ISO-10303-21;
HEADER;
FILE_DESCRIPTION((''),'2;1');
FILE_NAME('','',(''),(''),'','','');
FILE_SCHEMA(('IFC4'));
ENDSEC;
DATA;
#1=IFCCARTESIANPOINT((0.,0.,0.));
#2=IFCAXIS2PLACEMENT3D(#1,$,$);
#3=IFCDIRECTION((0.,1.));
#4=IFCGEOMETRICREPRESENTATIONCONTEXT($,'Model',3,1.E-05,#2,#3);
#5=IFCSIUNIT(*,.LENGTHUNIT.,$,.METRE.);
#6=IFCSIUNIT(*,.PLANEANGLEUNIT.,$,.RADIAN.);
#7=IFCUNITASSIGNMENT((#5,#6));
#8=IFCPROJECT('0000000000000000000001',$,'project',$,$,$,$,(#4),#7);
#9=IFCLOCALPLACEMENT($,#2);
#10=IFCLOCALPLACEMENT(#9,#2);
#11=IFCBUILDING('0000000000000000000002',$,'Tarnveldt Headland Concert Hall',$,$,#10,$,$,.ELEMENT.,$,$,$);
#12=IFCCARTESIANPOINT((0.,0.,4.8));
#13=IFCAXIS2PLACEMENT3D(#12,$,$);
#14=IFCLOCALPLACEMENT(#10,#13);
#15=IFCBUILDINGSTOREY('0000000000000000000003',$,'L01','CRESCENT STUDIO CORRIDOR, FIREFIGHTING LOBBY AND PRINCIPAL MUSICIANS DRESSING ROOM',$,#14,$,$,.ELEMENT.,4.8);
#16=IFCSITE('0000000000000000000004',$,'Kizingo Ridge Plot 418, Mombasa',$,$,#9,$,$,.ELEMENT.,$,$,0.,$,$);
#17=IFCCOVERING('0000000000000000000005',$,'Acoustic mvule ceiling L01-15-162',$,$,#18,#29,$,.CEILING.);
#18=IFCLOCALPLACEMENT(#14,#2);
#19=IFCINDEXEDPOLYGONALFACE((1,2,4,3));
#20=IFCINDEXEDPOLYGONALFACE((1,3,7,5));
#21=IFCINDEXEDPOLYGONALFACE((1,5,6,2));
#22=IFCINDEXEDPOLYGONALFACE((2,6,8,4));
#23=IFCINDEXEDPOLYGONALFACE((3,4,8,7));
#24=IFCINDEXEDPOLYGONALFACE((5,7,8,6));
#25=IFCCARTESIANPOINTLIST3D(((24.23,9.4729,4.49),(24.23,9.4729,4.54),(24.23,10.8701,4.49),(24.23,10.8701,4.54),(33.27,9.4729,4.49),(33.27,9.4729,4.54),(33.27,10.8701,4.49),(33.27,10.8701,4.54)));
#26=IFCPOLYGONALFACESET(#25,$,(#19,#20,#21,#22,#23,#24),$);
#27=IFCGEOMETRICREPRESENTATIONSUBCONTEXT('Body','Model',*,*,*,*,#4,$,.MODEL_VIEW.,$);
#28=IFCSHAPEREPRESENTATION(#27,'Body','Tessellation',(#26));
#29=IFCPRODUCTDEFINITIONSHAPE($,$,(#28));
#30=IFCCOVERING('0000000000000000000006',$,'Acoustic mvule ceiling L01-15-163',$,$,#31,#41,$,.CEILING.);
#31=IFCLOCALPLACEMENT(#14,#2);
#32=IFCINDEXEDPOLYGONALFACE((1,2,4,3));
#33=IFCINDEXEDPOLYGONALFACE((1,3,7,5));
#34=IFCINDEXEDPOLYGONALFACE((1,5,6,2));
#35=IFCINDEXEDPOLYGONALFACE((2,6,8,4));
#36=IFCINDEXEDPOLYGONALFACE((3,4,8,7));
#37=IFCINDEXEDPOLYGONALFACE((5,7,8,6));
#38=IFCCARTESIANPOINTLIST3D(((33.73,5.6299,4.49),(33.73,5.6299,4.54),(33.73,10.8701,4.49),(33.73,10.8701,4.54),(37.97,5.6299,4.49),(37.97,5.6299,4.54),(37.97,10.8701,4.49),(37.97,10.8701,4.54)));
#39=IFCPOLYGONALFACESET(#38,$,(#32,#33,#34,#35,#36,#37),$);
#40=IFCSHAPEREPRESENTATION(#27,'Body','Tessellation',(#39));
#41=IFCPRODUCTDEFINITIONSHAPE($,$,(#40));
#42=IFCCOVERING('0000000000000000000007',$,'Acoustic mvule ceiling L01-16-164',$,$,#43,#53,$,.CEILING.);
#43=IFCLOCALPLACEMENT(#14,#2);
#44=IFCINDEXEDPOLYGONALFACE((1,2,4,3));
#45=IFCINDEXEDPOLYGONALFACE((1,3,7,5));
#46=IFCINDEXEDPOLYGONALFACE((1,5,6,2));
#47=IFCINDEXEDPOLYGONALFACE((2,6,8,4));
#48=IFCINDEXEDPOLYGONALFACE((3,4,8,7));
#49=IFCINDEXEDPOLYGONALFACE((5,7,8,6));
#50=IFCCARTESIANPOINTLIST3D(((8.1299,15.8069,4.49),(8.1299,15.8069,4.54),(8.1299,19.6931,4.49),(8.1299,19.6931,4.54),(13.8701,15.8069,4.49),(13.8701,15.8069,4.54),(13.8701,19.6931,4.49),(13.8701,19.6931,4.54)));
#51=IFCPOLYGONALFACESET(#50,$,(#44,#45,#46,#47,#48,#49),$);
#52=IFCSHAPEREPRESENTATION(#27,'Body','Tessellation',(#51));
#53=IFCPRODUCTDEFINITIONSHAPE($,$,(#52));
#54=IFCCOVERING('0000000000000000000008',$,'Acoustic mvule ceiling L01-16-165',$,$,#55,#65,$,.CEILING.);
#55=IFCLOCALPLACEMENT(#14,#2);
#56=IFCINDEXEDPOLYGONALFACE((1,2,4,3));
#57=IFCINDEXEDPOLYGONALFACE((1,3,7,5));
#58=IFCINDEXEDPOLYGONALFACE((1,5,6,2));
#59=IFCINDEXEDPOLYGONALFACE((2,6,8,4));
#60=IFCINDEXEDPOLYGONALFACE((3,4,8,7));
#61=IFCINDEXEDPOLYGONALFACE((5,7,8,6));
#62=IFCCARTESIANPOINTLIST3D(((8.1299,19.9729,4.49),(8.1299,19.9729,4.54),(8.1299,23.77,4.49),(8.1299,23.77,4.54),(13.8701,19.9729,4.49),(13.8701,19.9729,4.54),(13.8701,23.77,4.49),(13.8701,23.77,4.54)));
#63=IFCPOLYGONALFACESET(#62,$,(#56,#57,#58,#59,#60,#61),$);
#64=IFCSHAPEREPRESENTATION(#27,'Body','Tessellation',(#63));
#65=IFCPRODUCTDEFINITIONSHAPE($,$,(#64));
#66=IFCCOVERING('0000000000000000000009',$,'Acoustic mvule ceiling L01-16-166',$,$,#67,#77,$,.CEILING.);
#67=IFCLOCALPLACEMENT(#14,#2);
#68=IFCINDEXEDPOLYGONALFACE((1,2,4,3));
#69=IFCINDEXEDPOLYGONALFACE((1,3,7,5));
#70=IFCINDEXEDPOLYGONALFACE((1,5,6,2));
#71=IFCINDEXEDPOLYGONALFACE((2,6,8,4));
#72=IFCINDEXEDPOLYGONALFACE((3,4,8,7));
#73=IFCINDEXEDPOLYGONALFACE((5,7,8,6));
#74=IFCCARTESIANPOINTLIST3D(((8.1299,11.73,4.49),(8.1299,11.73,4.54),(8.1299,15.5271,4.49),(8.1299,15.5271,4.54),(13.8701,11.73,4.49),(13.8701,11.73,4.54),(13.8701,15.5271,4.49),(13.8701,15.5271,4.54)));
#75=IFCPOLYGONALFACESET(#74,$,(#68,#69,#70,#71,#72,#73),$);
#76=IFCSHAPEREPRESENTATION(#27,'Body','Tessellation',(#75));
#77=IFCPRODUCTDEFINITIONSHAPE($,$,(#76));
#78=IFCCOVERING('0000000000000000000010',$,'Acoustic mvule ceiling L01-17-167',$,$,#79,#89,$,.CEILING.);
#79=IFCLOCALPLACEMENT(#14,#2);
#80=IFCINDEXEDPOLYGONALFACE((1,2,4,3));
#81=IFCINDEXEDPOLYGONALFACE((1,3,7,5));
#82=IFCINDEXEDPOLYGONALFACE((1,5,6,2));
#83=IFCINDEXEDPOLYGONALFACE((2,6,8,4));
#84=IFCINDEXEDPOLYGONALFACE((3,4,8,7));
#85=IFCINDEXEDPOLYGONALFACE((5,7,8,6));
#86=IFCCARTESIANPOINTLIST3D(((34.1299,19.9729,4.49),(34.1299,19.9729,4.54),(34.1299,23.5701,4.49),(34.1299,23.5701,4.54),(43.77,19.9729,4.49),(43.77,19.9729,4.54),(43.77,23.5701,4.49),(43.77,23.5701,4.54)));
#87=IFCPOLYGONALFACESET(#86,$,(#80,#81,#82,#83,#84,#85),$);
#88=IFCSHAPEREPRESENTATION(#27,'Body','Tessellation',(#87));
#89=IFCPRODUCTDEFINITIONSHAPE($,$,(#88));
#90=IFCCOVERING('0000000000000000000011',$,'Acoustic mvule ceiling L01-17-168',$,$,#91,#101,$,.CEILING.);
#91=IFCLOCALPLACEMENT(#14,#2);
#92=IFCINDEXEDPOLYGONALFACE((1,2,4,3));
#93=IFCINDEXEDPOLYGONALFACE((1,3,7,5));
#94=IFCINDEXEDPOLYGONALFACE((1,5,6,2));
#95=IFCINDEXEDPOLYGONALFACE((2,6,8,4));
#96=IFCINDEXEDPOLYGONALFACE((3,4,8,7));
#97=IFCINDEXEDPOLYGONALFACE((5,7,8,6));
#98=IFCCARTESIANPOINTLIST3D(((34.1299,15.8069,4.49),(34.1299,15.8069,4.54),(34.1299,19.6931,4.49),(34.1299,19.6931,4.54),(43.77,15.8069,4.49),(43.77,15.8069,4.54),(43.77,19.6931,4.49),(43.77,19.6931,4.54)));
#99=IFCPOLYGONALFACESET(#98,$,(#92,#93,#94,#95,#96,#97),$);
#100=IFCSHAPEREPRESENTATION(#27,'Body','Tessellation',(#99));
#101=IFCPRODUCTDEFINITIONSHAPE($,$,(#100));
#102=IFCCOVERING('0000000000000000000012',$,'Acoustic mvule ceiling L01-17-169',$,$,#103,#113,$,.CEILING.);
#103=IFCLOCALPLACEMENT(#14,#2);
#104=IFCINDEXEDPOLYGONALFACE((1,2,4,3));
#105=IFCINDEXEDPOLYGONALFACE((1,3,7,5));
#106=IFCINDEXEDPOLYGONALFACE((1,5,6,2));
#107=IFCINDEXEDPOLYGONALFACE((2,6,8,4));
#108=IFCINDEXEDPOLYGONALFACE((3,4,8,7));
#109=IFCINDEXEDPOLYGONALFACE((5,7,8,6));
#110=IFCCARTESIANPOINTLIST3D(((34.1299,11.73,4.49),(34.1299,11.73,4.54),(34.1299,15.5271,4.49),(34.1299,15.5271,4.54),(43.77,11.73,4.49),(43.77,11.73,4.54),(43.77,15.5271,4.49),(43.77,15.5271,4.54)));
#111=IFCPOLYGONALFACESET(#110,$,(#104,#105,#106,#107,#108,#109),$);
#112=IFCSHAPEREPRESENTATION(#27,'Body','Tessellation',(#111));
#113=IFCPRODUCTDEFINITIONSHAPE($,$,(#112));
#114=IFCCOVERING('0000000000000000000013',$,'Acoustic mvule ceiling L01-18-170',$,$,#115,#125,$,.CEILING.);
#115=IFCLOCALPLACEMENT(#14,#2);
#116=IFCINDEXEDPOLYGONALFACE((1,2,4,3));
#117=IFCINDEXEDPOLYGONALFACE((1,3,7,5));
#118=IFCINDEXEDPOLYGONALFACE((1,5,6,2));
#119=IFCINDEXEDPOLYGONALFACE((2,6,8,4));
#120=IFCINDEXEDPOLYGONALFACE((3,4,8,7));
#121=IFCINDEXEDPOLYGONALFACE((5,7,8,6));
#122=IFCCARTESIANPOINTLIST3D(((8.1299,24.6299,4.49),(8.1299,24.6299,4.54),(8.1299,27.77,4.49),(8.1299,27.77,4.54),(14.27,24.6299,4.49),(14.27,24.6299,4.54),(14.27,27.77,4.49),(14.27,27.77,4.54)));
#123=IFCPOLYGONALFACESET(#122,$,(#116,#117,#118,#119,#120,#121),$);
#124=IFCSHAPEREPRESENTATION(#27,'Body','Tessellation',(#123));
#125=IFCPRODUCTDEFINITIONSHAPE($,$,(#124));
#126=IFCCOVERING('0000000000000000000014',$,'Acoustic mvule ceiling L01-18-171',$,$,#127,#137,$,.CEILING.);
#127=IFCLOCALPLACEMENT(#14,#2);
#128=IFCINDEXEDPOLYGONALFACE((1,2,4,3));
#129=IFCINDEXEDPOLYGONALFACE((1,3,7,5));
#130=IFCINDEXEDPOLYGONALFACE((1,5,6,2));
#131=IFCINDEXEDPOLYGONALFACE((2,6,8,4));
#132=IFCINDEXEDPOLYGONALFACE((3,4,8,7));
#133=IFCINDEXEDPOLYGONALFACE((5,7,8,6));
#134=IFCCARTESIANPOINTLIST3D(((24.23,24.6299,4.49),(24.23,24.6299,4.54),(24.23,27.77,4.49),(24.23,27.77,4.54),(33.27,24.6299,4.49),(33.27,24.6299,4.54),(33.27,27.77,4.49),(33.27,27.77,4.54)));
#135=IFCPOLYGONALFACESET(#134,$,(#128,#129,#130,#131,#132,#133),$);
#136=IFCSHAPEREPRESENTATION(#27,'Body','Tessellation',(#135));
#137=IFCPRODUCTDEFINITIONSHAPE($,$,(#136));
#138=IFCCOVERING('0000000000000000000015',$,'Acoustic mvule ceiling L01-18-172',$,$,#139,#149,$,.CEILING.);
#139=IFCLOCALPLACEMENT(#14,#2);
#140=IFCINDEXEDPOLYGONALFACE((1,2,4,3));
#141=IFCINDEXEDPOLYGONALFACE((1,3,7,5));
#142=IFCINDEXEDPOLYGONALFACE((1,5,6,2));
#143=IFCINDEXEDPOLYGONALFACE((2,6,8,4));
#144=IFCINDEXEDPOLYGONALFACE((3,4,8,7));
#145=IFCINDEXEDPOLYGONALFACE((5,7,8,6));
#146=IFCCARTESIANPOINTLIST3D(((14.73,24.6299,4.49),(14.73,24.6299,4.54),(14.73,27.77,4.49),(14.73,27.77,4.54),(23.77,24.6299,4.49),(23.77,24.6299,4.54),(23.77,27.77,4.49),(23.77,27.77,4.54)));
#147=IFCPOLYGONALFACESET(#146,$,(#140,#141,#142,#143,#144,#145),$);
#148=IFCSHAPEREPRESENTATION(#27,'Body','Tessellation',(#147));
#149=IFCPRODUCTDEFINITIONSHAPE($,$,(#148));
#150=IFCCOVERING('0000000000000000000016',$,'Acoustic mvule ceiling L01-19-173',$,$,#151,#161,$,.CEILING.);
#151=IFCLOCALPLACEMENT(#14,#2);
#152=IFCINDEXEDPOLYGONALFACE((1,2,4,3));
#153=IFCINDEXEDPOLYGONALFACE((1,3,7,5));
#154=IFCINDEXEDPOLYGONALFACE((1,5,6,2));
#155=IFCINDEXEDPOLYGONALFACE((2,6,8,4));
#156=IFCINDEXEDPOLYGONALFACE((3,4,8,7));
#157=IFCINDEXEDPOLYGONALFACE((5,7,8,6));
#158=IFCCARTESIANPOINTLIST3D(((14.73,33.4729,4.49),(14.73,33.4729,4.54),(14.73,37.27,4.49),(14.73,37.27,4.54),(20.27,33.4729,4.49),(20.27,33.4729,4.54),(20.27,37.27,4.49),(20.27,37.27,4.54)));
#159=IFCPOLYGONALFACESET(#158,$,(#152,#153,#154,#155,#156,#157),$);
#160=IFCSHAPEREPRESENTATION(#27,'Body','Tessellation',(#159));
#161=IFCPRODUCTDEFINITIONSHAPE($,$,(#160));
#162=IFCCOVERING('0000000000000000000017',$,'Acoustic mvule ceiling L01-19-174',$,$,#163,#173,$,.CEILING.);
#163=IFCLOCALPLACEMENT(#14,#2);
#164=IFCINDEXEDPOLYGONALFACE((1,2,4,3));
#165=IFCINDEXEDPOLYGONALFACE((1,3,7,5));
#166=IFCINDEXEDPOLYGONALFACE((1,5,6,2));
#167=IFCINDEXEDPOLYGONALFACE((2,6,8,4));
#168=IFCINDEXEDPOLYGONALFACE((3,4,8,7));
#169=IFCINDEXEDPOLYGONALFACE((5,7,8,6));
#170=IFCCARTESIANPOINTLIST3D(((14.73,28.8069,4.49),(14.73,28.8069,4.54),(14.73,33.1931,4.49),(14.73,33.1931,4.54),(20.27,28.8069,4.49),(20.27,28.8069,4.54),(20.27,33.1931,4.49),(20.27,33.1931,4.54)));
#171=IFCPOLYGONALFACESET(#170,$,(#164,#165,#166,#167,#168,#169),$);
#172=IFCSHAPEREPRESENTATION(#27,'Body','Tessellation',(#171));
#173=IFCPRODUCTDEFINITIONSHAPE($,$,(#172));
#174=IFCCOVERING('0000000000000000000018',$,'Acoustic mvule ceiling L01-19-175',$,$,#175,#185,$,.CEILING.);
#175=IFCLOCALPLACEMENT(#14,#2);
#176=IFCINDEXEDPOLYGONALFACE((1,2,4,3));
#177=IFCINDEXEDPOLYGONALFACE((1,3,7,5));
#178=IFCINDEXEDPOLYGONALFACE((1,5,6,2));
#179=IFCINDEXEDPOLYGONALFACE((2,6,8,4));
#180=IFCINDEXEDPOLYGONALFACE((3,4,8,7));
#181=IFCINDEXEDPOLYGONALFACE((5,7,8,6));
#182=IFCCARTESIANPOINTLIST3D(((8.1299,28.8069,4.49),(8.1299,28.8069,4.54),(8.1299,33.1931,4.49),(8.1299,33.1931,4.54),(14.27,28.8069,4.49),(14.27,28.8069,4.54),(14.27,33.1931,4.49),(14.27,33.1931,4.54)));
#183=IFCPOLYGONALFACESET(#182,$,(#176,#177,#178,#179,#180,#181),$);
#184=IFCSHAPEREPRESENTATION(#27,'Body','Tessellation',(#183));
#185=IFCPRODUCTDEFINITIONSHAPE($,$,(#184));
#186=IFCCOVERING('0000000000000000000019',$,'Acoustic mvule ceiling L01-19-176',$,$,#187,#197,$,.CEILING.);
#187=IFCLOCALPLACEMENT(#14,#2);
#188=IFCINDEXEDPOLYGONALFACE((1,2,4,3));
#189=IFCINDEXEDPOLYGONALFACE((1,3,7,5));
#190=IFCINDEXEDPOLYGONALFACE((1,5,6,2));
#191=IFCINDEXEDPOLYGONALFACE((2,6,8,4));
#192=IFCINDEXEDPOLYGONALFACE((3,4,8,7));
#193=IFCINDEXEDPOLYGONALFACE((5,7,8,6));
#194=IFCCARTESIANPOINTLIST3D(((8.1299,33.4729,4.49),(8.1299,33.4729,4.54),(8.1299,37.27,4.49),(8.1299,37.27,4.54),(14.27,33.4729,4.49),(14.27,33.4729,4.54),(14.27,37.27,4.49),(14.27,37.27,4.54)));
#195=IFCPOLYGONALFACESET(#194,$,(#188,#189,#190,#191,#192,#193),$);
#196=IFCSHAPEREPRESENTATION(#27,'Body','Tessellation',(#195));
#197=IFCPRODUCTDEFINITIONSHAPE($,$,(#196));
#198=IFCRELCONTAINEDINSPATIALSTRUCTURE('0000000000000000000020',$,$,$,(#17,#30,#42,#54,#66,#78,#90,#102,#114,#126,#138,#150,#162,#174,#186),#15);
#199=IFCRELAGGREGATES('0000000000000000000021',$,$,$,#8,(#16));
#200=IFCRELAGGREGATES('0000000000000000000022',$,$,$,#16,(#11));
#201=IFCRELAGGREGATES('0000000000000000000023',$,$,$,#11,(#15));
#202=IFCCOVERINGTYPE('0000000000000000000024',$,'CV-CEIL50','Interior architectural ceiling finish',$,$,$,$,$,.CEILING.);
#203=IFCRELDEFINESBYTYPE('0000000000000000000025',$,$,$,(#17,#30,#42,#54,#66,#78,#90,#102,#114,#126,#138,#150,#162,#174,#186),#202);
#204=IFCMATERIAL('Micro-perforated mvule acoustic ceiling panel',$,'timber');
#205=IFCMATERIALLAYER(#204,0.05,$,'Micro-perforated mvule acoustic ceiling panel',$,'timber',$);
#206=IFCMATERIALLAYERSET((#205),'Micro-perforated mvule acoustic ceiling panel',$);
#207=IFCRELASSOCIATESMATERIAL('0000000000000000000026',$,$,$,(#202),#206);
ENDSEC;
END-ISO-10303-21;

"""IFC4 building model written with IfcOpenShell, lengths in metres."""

from ifc_helpers import new_model, si_unit, direction, frame, origin, place, context, subcontext, project, spatial, polyline, outline, extrude, material, layer, layer_set, type_object, element, save


model = new_model("IFC4")

# Units and contexts
model_context = context("Model", 3, precision=1e-05, world=origin(), true_north=direction((0.0, 1.0)))
body_context = subcontext(model_context, "Body", "Model", "MODEL_VIEW")
ifc_project = project(units=[si_unit("LENGTHUNIT", "METRE"), si_unit("PLANEANGLEUNIT", "RADIAN")], contexts=[model_context])

# Site, building, storey
site_placement = place(None, origin())
site = spatial("IfcSite", under=ifc_project, at=site_placement, Name="Kizingo Ridge Plot 418, Mombasa", CompositionType="ELEMENT", RefElevation=0.0)
building_placement = place(site_placement, origin())
building = spatial("IfcBuilding", under=site, at=building_placement, Name="Tarnveldt Headland Concert Hall", CompositionType="ELEMENT")
storey_placement = place(building_placement, frame((0.0, 0.0, 4.8)))
storey = spatial("IfcBuildingStorey", under=building, at=storey_placement, Name="L01", Description="CRESCENT STUDIO CORRIDOR, FIREFIGHTING LOBBY AND PRINCIPAL MUSICIANS DRESSING ROOM", CompositionType="ELEMENT", Elevation=4.8)

# Coverings
ifc_material = material(Name="Micro-perforated mvule acoustic ceiling panel", Category="timber")
ifc_layer = layer(ifc_material, 0.05, Name="Micro-perforated mvule acoustic ceiling panel", Category="timber")
ifc_layer_set = layer_set([ifc_layer], Name="Micro-perforated mvule acoustic ceiling panel")
covering_type = type_object("IfcCoveringType", Name="CV-CEIL50", Description="Interior architectural ceiling finish", PredefinedType="CEILING", material=ifc_layer_set)
covering_1_placement = place(storey_placement, frame((0.0, 0.0, 4.49)))
element("IfcCovering", 1, at=covering_1_placement, inside=storey, type_object=covering_type, Name="Acoustic mvule ceiling L01-15-162", PredefinedType="CEILING", context=body_context, shape_type="SweptSolid", body=[
    extrude(outline(polyline([(24.23, 10.8701), (33.27, 10.8701), (33.27, 9.4729), (24.23, 9.4729), (24.23, 10.8701)])), origin(), (0.0, 0.0, 1.0), 0.05),
])
covering_2_placement = place(storey_placement, frame((0.0, 0.0, 4.49)))
element("IfcCovering", 2, at=covering_2_placement, inside=storey, type_object=covering_type, Name="Acoustic mvule ceiling L01-15-163", PredefinedType="CEILING", context=body_context, shape_type="SweptSolid", body=[
    extrude(outline(polyline([(37.97, 5.6299), (33.73, 5.6299), (33.73, 10.8701), (37.97, 10.8701), (37.97, 5.6299)])), origin(), (0.0, 0.0, 1.0), 0.05),
])
covering_3_placement = place(storey_placement, frame((0.0, 0.0, 4.49)))
element("IfcCovering", 3, at=covering_3_placement, inside=storey, type_object=covering_type, Name="Acoustic mvule ceiling L01-16-164", PredefinedType="CEILING", context=body_context, shape_type="SweptSolid", body=[
    extrude(outline(polyline([(8.1299, 19.6931), (13.8701, 19.6931), (13.8701, 15.8069), (8.1299, 15.8069), (8.1299, 19.6931)])), origin(), (0.0, 0.0, 1.0), 0.05),
])
covering_4_placement = place(storey_placement, frame((0.0, 0.0, 4.49)))
element("IfcCovering", 4, at=covering_4_placement, inside=storey, type_object=covering_type, Name="Acoustic mvule ceiling L01-16-165", PredefinedType="CEILING", context=body_context, shape_type="SweptSolid", body=[
    extrude(outline(polyline([(13.8701, 23.77), (13.8701, 19.9729), (8.1299, 19.9729), (8.1299, 23.77), (13.8701, 23.77)])), origin(), (0.0, 0.0, 1.0), 0.05),
])
covering_5_placement = place(storey_placement, frame((0.0, 0.0, 4.49)))
element("IfcCovering", 5, at=covering_5_placement, inside=storey, type_object=covering_type, Name="Acoustic mvule ceiling L01-16-166", PredefinedType="CEILING", context=body_context, shape_type="SweptSolid", body=[
    extrude(outline(polyline([(8.1299, 15.5271), (13.8701, 15.5271), (13.8701, 11.73), (8.1299, 11.73), (8.1299, 15.5271)])), origin(), (0.0, 0.0, 1.0), 0.05),
])
covering_6_placement = place(storey_placement, frame((0.0, 0.0, 4.49)))
element("IfcCovering", 6, at=covering_6_placement, inside=storey, type_object=covering_type, Name="Acoustic mvule ceiling L01-17-167", PredefinedType="CEILING", context=body_context, shape_type="SweptSolid", body=[
    extrude(outline(polyline([(34.1299, 19.9729), (34.1299, 23.5701), (43.77, 23.5701), (43.77, 19.9729), (34.1299, 19.9729)])), origin(), (0.0, 0.0, 1.0), 0.05),
])
covering_7_placement = place(storey_placement, frame((0.0, 0.0, 4.49)))
element("IfcCovering", 7, at=covering_7_placement, inside=storey, type_object=covering_type, Name="Acoustic mvule ceiling L01-17-168", PredefinedType="CEILING", context=body_context, shape_type="SweptSolid", body=[
    extrude(outline(polyline([(34.1299, 15.8069), (34.1299, 19.6931), (43.77, 19.6931), (43.77, 15.8069), (34.1299, 15.8069)])), origin(), (0.0, 0.0, 1.0), 0.05),
])
covering_8_placement = place(storey_placement, frame((0.0, 0.0, 4.49)))
element("IfcCovering", 8, at=covering_8_placement, inside=storey, type_object=covering_type, Name="Acoustic mvule ceiling L01-17-169", PredefinedType="CEILING", context=body_context, shape_type="SweptSolid", body=[
    extrude(outline(polyline([(34.1299, 15.5271), (43.77, 15.5271), (43.77, 11.73), (34.1299, 11.73), (34.1299, 15.5271)])), origin(), (0.0, 0.0, 1.0), 0.05),
])
covering_9_placement = place(storey_placement, frame((0.0, 0.0, 4.49)))
element("IfcCovering", 9, at=covering_9_placement, inside=storey, type_object=covering_type, Name="Acoustic mvule ceiling L01-18-170", PredefinedType="CEILING", context=body_context, shape_type="SweptSolid", body=[
    extrude(outline(polyline([(8.1299, 24.6299), (8.1299, 27.77), (14.27, 27.77), (14.27, 24.6299), (8.1299, 24.6299)])), origin(), (0.0, 0.0, 1.0), 0.05),
])
covering_10_placement = place(storey_placement, frame((0.0, 0.0, 4.49)))
element("IfcCovering", 10, at=covering_10_placement, inside=storey, type_object=covering_type, Name="Acoustic mvule ceiling L01-18-171", PredefinedType="CEILING", context=body_context, shape_type="SweptSolid", body=[
    extrude(outline(polyline([(24.23, 27.77), (33.27, 27.77), (33.27, 24.6299), (24.23, 24.6299), (24.23, 27.77)])), origin(), (0.0, 0.0, 1.0), 0.05),
])
covering_11_placement = place(storey_placement, frame((0.0, 0.0, 4.49)))
element("IfcCovering", 11, at=covering_11_placement, inside=storey, type_object=covering_type, Name="Acoustic mvule ceiling L01-18-172", PredefinedType="CEILING", context=body_context, shape_type="SweptSolid", body=[
    extrude(outline(polyline([(23.77, 27.77), (23.77, 24.6299), (14.73, 24.6299), (14.73, 27.77), (23.77, 27.77)])), origin(), (0.0, 0.0, 1.0), 0.05),
])
covering_12_placement = place(storey_placement, frame((0.0, 0.0, 4.49)))
element("IfcCovering", 12, at=covering_12_placement, inside=storey, type_object=covering_type, Name="Acoustic mvule ceiling L01-19-173", PredefinedType="CEILING", context=body_context, shape_type="SweptSolid", body=[
    extrude(outline(polyline([(20.27, 33.4729), (14.73, 33.4729), (14.73, 37.27), (20.27, 37.27), (20.27, 33.4729)])), origin(), (0.0, 0.0, 1.0), 0.05),
])
covering_13_placement = place(storey_placement, frame((0.0, 0.0, 4.49)))
element("IfcCovering", 13, at=covering_13_placement, inside=storey, type_object=covering_type, Name="Acoustic mvule ceiling L01-19-174", PredefinedType="CEILING", context=body_context, shape_type="SweptSolid", body=[
    extrude(outline(polyline([(14.73, 28.8069), (14.73, 33.1931), (20.27, 33.1931), (20.27, 28.8069), (14.73, 28.8069)])), origin(), (0.0, 0.0, 1.0), 0.05),
])
covering_14_placement = place(storey_placement, frame((0.0, 0.0, 4.49)))
element("IfcCovering", 14, at=covering_14_placement, inside=storey, type_object=covering_type, Name="Acoustic mvule ceiling L01-19-175", PredefinedType="CEILING", context=body_context, shape_type="SweptSolid", body=[
    extrude(outline(polyline([(14.27, 28.8069), (8.1299, 28.8069), (8.1299, 33.1931), (14.27, 33.1931), (14.27, 28.8069)])), origin(), (0.0, 0.0, 1.0), 0.05),
])
covering_15_placement = place(storey_placement, frame((0.0, 0.0, 4.49)))
element("IfcCovering", 15, at=covering_15_placement, inside=storey, type_object=covering_type, Name="Acoustic mvule ceiling L01-19-176", PredefinedType="CEILING", context=body_context, shape_type="SweptSolid", body=[
    extrude(outline(polyline([(14.27, 33.4729), (8.1299, 33.4729), (8.1299, 37.27), (14.27, 37.27), (14.27, 33.4729)])), origin(), (0.0, 0.0, 1.0), 0.05),
])

save(model, "model.ifc")
